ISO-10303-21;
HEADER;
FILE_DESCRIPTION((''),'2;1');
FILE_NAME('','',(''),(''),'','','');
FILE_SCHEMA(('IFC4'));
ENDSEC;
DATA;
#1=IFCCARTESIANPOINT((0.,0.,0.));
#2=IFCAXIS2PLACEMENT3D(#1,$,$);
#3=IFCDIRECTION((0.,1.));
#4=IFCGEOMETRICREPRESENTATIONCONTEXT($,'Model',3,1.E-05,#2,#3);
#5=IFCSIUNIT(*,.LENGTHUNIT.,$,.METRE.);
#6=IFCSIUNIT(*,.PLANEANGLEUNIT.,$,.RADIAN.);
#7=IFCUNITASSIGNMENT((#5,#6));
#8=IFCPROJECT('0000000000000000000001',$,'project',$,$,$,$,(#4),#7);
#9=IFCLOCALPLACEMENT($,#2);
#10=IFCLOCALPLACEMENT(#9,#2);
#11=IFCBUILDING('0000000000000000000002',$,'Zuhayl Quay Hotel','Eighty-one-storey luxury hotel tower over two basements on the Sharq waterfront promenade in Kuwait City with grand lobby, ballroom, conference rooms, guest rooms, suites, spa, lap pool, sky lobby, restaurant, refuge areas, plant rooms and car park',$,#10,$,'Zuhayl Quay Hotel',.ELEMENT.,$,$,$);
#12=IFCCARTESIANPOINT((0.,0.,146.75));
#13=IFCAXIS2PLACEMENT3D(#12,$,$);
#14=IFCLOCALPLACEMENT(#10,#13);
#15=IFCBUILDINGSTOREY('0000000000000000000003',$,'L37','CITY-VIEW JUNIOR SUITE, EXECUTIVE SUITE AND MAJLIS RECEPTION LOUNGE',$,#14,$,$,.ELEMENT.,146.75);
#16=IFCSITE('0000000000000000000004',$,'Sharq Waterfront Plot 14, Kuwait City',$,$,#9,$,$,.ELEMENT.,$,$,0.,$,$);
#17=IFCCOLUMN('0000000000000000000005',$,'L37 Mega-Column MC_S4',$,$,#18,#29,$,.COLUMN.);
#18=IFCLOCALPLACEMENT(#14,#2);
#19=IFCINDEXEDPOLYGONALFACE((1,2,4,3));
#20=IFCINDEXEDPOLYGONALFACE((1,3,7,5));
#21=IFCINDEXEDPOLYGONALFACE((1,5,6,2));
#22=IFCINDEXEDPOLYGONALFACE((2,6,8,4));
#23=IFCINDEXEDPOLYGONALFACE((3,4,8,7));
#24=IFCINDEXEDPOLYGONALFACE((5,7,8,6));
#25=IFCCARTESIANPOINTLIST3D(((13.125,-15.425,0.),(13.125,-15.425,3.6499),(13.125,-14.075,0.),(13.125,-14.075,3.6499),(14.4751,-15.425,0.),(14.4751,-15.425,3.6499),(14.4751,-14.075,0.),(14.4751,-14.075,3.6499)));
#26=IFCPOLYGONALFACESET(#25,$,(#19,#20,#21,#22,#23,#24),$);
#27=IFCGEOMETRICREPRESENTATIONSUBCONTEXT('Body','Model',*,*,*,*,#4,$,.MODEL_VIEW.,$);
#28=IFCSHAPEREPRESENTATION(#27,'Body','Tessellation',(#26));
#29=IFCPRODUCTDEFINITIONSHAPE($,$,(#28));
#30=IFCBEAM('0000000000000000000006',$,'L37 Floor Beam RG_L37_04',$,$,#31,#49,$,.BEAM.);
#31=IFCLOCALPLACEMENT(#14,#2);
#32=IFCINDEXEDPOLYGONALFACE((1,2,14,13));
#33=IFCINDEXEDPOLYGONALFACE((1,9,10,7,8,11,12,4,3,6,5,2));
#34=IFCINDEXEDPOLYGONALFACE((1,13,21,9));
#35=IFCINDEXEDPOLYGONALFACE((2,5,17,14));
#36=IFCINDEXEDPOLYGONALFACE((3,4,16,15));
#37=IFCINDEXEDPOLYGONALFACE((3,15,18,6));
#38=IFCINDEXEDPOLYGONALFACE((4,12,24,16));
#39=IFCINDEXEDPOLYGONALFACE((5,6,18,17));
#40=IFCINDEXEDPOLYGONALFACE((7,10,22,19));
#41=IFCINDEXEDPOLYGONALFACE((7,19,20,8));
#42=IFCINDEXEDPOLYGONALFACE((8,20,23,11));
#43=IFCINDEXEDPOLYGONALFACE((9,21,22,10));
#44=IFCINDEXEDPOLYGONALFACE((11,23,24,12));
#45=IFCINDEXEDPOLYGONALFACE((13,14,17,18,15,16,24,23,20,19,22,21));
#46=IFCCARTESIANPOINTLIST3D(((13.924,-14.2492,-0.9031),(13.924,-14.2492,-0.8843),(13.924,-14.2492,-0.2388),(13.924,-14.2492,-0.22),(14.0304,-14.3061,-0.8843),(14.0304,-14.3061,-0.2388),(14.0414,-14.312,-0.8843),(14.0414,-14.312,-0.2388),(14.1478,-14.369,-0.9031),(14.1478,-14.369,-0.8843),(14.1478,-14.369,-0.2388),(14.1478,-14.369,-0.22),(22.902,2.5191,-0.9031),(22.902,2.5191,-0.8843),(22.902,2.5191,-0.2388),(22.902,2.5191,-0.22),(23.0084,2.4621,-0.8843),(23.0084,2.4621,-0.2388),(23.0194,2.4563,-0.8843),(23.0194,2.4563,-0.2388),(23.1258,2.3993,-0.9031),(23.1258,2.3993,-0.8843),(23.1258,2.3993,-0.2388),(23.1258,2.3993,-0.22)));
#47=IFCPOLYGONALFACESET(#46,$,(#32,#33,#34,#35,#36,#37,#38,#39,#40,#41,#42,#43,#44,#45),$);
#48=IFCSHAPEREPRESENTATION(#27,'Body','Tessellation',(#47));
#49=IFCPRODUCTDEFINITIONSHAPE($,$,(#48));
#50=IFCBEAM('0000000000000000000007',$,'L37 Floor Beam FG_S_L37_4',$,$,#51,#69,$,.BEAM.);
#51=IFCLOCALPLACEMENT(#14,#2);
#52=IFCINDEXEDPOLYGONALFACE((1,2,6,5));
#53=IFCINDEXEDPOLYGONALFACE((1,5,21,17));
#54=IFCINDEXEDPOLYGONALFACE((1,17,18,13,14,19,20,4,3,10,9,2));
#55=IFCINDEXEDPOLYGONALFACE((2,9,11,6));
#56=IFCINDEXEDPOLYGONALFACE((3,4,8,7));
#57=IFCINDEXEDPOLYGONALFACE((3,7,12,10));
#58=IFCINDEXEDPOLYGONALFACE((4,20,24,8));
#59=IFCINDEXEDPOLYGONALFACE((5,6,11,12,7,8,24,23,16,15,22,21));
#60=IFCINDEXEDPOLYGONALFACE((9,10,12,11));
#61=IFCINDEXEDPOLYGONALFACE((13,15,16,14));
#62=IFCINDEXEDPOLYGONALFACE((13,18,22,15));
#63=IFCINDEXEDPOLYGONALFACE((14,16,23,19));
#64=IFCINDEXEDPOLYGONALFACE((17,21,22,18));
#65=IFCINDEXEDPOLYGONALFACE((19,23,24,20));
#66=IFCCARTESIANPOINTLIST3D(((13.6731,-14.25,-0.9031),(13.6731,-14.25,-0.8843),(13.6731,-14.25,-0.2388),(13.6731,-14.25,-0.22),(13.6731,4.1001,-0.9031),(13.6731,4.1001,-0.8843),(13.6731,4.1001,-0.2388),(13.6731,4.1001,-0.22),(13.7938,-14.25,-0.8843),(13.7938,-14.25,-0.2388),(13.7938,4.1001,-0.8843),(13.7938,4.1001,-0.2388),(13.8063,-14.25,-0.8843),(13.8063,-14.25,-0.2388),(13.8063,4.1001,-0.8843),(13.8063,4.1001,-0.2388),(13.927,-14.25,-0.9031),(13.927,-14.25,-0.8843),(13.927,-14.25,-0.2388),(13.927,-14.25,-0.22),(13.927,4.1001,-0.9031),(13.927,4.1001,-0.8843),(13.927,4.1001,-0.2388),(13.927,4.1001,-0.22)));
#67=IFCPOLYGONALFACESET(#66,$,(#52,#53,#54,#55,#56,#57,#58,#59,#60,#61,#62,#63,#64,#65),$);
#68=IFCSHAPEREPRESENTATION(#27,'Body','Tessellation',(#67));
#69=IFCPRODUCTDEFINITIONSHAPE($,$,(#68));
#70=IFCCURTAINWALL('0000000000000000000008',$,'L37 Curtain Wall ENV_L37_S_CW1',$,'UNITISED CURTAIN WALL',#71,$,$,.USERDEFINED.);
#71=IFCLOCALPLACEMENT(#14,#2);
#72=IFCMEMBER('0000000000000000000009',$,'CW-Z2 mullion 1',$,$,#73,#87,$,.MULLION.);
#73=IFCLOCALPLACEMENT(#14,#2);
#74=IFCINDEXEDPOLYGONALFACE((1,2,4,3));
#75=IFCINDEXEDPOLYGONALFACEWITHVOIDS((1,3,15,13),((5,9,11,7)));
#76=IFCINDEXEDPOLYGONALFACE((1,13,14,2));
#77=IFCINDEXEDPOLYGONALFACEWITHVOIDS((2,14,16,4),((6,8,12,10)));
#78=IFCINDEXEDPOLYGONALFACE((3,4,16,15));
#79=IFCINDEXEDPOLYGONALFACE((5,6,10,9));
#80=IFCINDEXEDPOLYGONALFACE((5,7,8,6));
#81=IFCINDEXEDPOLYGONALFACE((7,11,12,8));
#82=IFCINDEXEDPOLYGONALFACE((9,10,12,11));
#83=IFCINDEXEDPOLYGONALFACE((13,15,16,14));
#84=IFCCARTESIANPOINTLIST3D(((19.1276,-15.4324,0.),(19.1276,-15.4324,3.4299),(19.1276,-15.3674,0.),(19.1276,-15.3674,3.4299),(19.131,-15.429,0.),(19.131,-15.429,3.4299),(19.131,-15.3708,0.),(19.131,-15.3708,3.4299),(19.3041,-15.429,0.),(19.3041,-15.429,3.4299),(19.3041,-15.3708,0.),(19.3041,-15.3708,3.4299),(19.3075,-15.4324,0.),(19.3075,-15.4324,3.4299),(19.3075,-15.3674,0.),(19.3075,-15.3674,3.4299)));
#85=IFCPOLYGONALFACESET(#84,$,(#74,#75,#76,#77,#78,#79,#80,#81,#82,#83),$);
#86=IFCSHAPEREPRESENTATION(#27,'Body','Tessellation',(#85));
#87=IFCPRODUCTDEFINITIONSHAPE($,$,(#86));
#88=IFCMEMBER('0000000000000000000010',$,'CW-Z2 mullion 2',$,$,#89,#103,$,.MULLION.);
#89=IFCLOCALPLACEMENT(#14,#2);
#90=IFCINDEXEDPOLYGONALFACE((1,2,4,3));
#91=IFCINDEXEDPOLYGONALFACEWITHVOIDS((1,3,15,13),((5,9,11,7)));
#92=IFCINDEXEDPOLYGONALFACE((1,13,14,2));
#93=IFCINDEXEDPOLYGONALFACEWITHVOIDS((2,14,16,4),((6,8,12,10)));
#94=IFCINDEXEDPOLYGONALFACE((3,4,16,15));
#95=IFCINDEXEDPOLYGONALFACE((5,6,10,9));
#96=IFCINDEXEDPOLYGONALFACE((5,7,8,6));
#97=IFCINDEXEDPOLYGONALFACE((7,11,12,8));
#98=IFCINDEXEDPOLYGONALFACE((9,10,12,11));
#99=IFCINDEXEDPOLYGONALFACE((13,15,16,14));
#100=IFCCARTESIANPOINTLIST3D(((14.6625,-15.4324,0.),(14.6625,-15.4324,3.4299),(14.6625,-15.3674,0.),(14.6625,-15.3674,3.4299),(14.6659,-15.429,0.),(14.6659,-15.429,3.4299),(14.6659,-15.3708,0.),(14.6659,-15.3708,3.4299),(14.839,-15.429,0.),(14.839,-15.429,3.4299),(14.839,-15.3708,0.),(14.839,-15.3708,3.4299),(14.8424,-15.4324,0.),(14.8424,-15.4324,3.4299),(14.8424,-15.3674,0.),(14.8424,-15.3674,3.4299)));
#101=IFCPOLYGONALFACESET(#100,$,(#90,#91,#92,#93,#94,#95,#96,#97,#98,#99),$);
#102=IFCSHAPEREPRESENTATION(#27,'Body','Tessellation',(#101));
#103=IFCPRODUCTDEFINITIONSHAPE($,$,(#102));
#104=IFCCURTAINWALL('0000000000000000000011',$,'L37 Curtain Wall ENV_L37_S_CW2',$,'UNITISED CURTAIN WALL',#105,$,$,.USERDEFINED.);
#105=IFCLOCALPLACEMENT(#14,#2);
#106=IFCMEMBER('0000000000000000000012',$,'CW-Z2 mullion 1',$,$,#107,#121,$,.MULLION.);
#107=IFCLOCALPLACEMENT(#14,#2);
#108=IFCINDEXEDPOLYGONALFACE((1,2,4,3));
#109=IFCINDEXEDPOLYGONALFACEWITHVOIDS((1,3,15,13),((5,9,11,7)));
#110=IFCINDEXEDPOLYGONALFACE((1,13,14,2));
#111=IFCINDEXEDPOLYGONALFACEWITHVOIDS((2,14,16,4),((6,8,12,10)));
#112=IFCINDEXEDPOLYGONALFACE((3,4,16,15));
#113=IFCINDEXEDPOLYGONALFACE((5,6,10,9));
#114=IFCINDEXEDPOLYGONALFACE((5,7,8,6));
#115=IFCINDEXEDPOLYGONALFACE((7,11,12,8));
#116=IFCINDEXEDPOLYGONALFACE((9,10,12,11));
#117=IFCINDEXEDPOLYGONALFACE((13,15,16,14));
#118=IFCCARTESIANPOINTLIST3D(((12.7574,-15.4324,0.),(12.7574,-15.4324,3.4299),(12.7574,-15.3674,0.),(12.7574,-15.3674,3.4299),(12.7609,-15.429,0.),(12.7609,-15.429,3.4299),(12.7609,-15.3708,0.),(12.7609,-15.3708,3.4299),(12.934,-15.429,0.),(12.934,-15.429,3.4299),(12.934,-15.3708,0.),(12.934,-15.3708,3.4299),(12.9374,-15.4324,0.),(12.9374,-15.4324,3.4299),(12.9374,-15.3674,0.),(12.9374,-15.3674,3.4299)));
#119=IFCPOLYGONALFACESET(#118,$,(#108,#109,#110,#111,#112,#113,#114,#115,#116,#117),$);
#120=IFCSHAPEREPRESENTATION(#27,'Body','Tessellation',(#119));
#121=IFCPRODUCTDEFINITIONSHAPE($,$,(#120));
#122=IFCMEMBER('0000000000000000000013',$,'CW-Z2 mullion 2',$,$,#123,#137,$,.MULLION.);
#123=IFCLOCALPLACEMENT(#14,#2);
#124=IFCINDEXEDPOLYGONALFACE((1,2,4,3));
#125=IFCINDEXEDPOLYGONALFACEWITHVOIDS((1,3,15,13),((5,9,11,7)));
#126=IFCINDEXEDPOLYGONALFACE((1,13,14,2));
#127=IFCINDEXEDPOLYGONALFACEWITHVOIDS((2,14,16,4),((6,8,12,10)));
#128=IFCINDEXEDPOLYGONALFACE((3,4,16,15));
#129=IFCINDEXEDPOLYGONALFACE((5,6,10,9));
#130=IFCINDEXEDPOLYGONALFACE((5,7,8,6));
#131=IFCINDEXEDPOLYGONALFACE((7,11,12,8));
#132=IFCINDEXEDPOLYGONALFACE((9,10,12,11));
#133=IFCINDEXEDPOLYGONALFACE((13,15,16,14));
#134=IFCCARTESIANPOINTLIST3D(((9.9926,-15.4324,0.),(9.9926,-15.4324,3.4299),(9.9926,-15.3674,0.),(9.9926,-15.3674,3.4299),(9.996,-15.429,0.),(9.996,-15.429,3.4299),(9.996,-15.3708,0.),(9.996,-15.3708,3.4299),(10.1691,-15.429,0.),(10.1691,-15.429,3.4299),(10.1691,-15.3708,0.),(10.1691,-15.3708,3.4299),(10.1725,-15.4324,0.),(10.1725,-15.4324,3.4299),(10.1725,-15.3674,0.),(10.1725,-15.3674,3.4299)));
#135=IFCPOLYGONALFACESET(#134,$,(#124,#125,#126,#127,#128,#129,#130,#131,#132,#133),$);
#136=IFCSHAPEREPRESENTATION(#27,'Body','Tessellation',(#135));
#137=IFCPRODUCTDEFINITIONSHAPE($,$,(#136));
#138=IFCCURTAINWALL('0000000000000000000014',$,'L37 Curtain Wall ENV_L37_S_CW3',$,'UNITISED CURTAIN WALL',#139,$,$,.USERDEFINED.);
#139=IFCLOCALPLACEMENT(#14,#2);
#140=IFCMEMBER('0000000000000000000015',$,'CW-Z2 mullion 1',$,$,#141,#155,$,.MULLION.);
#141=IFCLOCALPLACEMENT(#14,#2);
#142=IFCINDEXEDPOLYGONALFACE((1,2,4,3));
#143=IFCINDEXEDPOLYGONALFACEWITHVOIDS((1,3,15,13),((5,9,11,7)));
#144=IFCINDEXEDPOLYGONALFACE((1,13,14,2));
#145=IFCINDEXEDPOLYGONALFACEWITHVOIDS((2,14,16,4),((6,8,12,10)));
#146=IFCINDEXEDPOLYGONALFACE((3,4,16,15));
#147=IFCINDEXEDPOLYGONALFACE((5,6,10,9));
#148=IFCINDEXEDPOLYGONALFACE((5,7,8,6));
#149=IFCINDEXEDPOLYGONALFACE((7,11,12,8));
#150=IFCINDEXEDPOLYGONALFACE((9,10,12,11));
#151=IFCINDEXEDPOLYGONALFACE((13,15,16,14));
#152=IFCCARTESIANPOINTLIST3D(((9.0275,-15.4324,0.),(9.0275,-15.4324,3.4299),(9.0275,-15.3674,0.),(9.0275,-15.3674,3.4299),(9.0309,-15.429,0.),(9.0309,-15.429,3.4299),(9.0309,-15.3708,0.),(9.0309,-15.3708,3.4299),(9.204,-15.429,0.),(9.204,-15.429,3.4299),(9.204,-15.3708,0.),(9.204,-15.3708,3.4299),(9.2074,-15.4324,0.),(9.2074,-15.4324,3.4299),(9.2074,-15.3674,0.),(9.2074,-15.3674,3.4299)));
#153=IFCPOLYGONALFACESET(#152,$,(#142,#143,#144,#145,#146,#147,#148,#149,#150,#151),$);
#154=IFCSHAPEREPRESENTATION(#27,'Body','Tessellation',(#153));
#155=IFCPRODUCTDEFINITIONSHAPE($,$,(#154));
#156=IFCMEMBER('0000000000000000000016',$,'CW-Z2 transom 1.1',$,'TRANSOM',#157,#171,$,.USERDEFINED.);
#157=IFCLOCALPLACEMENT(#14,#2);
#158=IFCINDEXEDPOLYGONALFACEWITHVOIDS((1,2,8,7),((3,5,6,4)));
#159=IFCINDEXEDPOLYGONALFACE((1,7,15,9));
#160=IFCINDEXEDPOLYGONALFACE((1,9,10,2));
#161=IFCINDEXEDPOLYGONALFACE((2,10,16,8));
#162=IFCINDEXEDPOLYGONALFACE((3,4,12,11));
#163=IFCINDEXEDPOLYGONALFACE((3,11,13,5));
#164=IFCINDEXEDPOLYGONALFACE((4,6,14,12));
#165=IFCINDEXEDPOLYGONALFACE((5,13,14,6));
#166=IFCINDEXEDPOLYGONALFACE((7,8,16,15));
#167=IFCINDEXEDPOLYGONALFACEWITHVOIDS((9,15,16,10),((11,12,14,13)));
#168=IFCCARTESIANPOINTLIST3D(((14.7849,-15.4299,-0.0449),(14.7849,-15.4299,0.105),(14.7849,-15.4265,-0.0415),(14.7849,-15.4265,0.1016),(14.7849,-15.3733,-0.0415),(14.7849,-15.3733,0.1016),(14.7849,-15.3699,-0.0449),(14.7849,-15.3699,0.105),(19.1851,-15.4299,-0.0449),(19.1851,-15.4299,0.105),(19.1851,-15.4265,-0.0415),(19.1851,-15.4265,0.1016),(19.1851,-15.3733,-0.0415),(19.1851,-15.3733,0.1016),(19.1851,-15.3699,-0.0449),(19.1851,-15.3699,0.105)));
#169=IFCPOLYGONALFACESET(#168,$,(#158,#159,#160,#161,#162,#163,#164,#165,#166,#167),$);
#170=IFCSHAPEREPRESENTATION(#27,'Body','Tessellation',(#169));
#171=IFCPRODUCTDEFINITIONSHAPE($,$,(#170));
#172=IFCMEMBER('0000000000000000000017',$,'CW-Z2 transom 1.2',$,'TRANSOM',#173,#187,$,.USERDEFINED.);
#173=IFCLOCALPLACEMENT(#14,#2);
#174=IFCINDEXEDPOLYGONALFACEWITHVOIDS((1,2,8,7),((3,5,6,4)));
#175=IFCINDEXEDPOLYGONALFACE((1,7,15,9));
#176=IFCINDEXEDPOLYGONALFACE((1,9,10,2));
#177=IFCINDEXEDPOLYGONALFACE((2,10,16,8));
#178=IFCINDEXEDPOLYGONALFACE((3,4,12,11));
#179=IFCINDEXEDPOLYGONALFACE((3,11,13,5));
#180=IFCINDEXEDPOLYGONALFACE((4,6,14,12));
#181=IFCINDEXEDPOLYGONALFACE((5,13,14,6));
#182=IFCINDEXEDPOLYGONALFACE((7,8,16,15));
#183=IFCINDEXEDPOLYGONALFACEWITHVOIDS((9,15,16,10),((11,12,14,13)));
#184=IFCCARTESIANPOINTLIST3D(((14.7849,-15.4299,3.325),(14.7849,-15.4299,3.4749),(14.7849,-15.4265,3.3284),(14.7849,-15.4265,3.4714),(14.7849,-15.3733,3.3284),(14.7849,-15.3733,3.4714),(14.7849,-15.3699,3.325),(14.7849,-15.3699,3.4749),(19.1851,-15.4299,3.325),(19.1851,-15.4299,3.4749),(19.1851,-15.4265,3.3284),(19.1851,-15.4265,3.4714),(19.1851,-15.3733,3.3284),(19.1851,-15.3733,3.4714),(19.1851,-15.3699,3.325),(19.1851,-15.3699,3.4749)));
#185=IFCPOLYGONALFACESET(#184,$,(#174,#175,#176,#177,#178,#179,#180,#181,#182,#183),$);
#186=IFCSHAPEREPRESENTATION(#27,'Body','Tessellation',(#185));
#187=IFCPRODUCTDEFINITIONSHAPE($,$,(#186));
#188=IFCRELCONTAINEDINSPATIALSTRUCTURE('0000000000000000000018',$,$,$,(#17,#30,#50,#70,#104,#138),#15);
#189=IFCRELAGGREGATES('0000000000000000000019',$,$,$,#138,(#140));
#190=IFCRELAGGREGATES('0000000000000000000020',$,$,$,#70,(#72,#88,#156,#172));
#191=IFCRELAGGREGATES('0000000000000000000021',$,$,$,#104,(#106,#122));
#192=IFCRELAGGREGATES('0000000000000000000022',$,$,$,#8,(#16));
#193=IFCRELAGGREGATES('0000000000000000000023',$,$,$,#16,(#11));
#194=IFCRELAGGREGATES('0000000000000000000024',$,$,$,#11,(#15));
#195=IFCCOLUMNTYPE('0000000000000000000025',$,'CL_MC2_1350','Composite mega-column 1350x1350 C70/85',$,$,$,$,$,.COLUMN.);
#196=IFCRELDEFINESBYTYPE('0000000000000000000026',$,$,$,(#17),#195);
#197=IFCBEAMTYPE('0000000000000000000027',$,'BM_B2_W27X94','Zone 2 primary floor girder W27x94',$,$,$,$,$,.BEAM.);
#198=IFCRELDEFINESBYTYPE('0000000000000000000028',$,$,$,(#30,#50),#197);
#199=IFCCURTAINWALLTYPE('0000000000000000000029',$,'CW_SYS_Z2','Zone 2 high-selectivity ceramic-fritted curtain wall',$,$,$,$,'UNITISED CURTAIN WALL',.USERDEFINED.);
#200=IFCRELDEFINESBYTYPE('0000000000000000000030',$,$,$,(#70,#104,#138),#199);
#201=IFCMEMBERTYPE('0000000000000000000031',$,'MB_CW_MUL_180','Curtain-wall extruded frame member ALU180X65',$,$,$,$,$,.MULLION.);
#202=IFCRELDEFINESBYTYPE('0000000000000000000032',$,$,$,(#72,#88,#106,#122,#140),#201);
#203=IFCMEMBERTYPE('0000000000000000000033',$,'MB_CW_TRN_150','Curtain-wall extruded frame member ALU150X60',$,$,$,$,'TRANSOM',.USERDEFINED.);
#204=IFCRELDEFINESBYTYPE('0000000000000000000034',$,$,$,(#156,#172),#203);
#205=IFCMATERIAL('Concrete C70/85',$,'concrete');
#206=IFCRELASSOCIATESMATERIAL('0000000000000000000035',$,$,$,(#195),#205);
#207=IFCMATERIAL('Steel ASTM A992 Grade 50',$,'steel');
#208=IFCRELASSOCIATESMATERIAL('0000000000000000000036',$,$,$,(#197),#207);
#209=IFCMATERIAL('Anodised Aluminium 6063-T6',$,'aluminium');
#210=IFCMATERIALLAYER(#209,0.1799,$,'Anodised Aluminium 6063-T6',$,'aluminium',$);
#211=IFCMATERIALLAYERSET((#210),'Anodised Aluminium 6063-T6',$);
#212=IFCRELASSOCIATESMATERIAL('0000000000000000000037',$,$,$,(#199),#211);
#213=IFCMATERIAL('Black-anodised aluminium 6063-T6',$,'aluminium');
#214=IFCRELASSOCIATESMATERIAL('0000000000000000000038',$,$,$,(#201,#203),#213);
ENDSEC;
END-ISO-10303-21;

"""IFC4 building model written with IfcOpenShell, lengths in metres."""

from ifc_helpers import new_model, si_unit, direction, frame, origin, origin_2d, place, context, subcontext, project, spatial, rectangle, hollow_rectangle, i_section, extrude, material, layer, layer_set, material_profile, profile_set, type_object, element, aggregate, save


model = new_model("IFC4")

# Units and contexts
model_context = context("Model", 3, precision=1e-05, world=origin(), true_north=direction((0.0, 1.0)))
body_context = subcontext(model_context, "Body", "Model", "MODEL_VIEW")
ifc_project = project(units=[si_unit("LENGTHUNIT", "METRE"), si_unit("PLANEANGLEUNIT", "RADIAN")], contexts=[model_context])

# Site, building, storey
site_placement = place(None, origin())
site = spatial("IfcSite", under=ifc_project, at=site_placement, Name="Sharq Waterfront Plot 14, Kuwait City", CompositionType="ELEMENT", RefElevation=0.0)
building_placement = place(site_placement, origin())
building = spatial("IfcBuilding", under=site, at=building_placement, Name="Zuhayl Quay Hotel", Description="Eighty-one-storey luxury hotel tower over two basements on the Sharq waterfront promenade in Kuwait City with grand lobby, ballroom, conference rooms, guest rooms, suites, spa, lap pool, sky lobby, restaurant, refuge areas, plant rooms and car park", LongName="Zuhayl Quay Hotel", CompositionType="ELEMENT")
storey_placement = place(building_placement, frame((0.0, 0.0, 146.75)))
storey = spatial("IfcBuildingStorey", under=building, at=storey_placement, Name="L37", Description="CITY-VIEW JUNIOR SUITE, EXECUTIVE SUITE AND MAJLIS RECEPTION LOUNGE", CompositionType="ELEMENT", Elevation=146.75)

# Column
ifc_material_1 = material(Name="Concrete C70/85", Category="concrete")
ifc_material_profile_1 = material_profile(ifc_material_1, rectangle(XDim=1.3501, YDim=1.3501, at=origin_2d()), Name="RC1350X1350")
ifc_profile_set_1 = profile_set([ifc_material_profile_1], Name="Concrete C70/85")
column_type = type_object("IfcColumnType", Name="CL_MC2_1350", Description="Composite mega-column 1350x1350 C70/85", PredefinedType="COLUMN", material=ifc_profile_set_1)
column_placement = place(storey_placement, frame((13.8, -14.75, 0.0), z_axis=(0.0, 0.0, 1.0), x_axis=(1.0, 0.0, 0.0)))
element("IfcColumn", 1, at=column_placement, inside=storey, type_object=column_type, Name="L37 Mega-Column MC_S4", PredefinedType="COLUMN", context=body_context, shape_type="SweptSolid", body=[
    extrude(rectangle(XDim=1.3501, YDim=1.3501, at=origin_2d()), origin(), (0.0, 0.0, 1.0), 3.6499),
])

# Beams
ifc_material_2 = material(Name="Steel ASTM A992 Grade 50", Category="steel")
ifc_material_profile_2 = material_profile(ifc_material_2, i_section(OverallWidth=0.2539, OverallDepth=0.6831, WebThickness=0.0125, FlangeThickness=0.0188, at=origin_2d()), Name="W27X94")
ifc_profile_set_2 = profile_set([ifc_material_profile_2], Name="Steel ASTM A992 Grade 50")
beam_type = type_object("IfcBeamType", Name="BM_B2_W27X94", Description="Zone 2 primary floor girder W27x94", PredefinedType="BEAM", material=ifc_profile_set_2)
beam_1_placement = place(storey_placement, frame((14.0359, -14.3091, -0.5615), z_axis=(0.472017, 0.881589, 0.0), x_axis=(-0.881589, 0.472017, 0.0)))
element("IfcBeam", 2, at=beam_1_placement, inside=storey, type_object=beam_type, Name="L37 Floor Beam RG_L37_04", PredefinedType="BEAM", context=body_context, shape_type="SweptSolid", body=[
    extrude(i_section(OverallWidth=0.2539, OverallDepth=0.6831, WebThickness=0.0125, FlangeThickness=0.0188, at=origin_2d()), origin(), (0.0, 0.0, 1.0), 19.0205),
])
beam_2_placement = place(storey_placement, frame((13.8, -14.25, -0.5615), z_axis=(0.0, 1.0, 0.0), x_axis=(-1.0, 0.0, 0.0)))
element("IfcBeam", 3, at=beam_2_placement, inside=storey, type_object=beam_type, Name="L37 Floor Beam FG_S_L37_4", PredefinedType="BEAM", context=body_context, shape_type="SweptSolid", body=[
    extrude(i_section(OverallWidth=0.2539, OverallDepth=0.6831, WebThickness=0.0125, FlangeThickness=0.0188, at=origin_2d()), origin(), (0.0, 0.0, 1.0), 18.3501),
])

# Curtain walls, members
ifc_material_3 = material(Name="Anodised Aluminium 6063-T6", Category="aluminium")
ifc_layer_1 = layer(ifc_material_3, 0.1799, Name="Anodised Aluminium 6063-T6", Category="aluminium")
ifc_layer_set_1 = layer_set([ifc_layer_1], Name="Anodised Aluminium 6063-T6")
curtain_wall_type = type_object("IfcCurtainWallType", Name="CW_SYS_Z2", Description="Zone 2 high-selectivity ceramic-fritted curtain wall", ElementType="UNITISED CURTAIN WALL", PredefinedType="USERDEFINED", material=ifc_layer_set_1)
curtain_wall_1_placement = place(storey_placement, origin())
curtain_wall_1 = element("IfcCurtainWall", 4, at=curtain_wall_1_placement, inside=storey, type_object=curtain_wall_type, Name="L37 Curtain Wall ENV_L37_S_CW1", ObjectType="UNITISED CURTAIN WALL", PredefinedType="USERDEFINED")
ifc_material_4 = material(Name="Black-anodised aluminium 6063-T6", Category="aluminium")
ifc_material_profile_3 = material_profile(ifc_material_4, hollow_rectangle(XDim=0.0649, YDim=0.1799, WallThickness=0.0034, at=origin_2d()), Name="ALU180X65")
ifc_profile_set_3 = profile_set([ifc_material_profile_3], Name="Black-anodised aluminium 6063-T6")
member_type_1 = type_object("IfcMemberType", Name="MB_CW_MUL_180", Description="Curtain-wall extruded frame member ALU180X65", PredefinedType="MULLION", material=ifc_profile_set_3)
member_1_placement = place(storey_placement, frame((19.2175, -15.3999, 0.0), z_axis=(0.0, 0.0, 1.0), x_axis=(0.0, -1.0, 0.0)))
member_1 = element("IfcMember", 5, at=member_1_placement, type_object=member_type_1, Name="CW-Z2 mullion 1", PredefinedType="MULLION", context=body_context, shape_type="SweptSolid", body=[
    extrude(hollow_rectangle(XDim=0.0649, YDim=0.1799, WallThickness=0.0034, at=origin_2d()), origin(), (0.0, 0.0, 1.0), 3.4299),
])
member_2_placement = place(storey_placement, frame((14.7524, -15.3999, 0.0), z_axis=(0.0, 0.0, 1.0), x_axis=(0.0, -1.0, 0.0)))
member_2 = element("IfcMember", 6, at=member_2_placement, type_object=member_type_1, Name="CW-Z2 mullion 2", PredefinedType="MULLION", context=body_context, shape_type="SweptSolid", body=[
    extrude(hollow_rectangle(XDim=0.0649, YDim=0.1799, WallThickness=0.0034, at=origin_2d()), origin(), (0.0, 0.0, 1.0), 3.4299),
])
curtain_wall_2_placement = place(storey_placement, origin())
curtain_wall_2 = element("IfcCurtainWall", 7, at=curtain_wall_2_placement, inside=storey, type_object=curtain_wall_type, Name="L37 Curtain Wall ENV_L37_S_CW2", ObjectType="UNITISED CURTAIN WALL", PredefinedType="USERDEFINED")
member_3_placement = place(storey_placement, frame((12.8474, -15.3999, 0.0), z_axis=(0.0, 0.0, 1.0), x_axis=(0.0, -1.0, 0.0)))
member_3 = element("IfcMember", 8, at=member_3_placement, type_object=member_type_1, Name="CW-Z2 mullion 1", PredefinedType="MULLION", context=body_context, shape_type="SweptSolid", body=[
    extrude(hollow_rectangle(XDim=0.0649, YDim=0.1799, WallThickness=0.0034, at=origin_2d()), origin(), (0.0, 0.0, 1.0), 3.4299),
])
member_4_placement = place(storey_placement, frame((10.0825, -15.3999, 0.0), z_axis=(0.0, 0.0, 1.0), x_axis=(0.0, -1.0, 0.0)))
member_4 = element("IfcMember", 9, at=member_4_placement, type_object=member_type_1, Name="CW-Z2 mullion 2", PredefinedType="MULLION", context=body_context, shape_type="SweptSolid", body=[
    extrude(hollow_rectangle(XDim=0.0649, YDim=0.1799, WallThickness=0.0034, at=origin_2d()), origin(), (0.0, 0.0, 1.0), 3.4299),
])

# Curtain wall, member
curtain_wall_3_placement = place(storey_placement, origin())
curtain_wall_3 = element("IfcCurtainWall", 10, at=curtain_wall_3_placement, inside=storey, type_object=curtain_wall_type, Name="L37 Curtain Wall ENV_L37_S_CW3", ObjectType="UNITISED CURTAIN WALL", PredefinedType="USERDEFINED")
member_5_placement = place(storey_placement, frame((9.1174, -15.3999, 0.0), z_axis=(0.0, 0.0, 1.0), x_axis=(0.0, -1.0, 0.0)))
member_5 = element("IfcMember", 11, at=member_5_placement, type_object=member_type_1, Name="CW-Z2 mullion 1", PredefinedType="MULLION", context=body_context, shape_type="SweptSolid", body=[
    extrude(hollow_rectangle(XDim=0.0649, YDim=0.1799, WallThickness=0.0034, at=origin_2d()), origin(), (0.0, 0.0, 1.0), 3.4299),
])

# Members
ifc_material_profile_4 = material_profile(ifc_material_4, hollow_rectangle(XDim=0.0601, YDim=0.1499, WallThickness=0.0034, at=origin_2d()), Name="ALU150X60")
ifc_profile_set_4 = profile_set([ifc_material_profile_4], Name="Black-anodised aluminium 6063-T6")
member_type_2 = type_object("IfcMemberType", Name="MB_CW_TRN_150", Description="Curtain-wall extruded frame member ALU150X60", ElementType="TRANSOM", PredefinedType="USERDEFINED", material=ifc_profile_set_4)
member_6_placement = place(storey_placement, frame((19.1851, -15.3999, 0.03), z_axis=(-1.0, 0.0, 0.0), x_axis=(0.0, -1.0, 0.0)))
member_6 = element("IfcMember", 12, at=member_6_placement, type_object=member_type_2, Name="CW-Z2 transom 1.1", ObjectType="TRANSOM", PredefinedType="USERDEFINED", context=body_context, shape_type="SweptSolid", body=[
    extrude(hollow_rectangle(XDim=0.0601, YDim=0.1499, WallThickness=0.0034, at=origin_2d()), origin(), (0.0, 0.0, 1.0), 4.4001),
])
member_7_placement = place(storey_placement, frame((19.1851, -15.3999, 3.3999), z_axis=(-1.0, 0.0, 0.0), x_axis=(0.0, -1.0, 0.0)))
member_7 = element("IfcMember", 13, at=member_7_placement, type_object=member_type_2, Name="CW-Z2 transom 1.2", ObjectType="TRANSOM", PredefinedType="USERDEFINED", context=body_context, shape_type="SweptSolid", body=[
    extrude(hollow_rectangle(XDim=0.0601, YDim=0.1499, WallThickness=0.0034, at=origin_2d()), origin(), (0.0, 0.0, 1.0), 4.4001),
])
aggregate(curtain_wall_3, [member_5])

aggregate(curtain_wall_1, [member_1, member_2, member_6, member_7])
aggregate(curtain_wall_2, [member_3, member_4])

save(model, "model.ifc")
